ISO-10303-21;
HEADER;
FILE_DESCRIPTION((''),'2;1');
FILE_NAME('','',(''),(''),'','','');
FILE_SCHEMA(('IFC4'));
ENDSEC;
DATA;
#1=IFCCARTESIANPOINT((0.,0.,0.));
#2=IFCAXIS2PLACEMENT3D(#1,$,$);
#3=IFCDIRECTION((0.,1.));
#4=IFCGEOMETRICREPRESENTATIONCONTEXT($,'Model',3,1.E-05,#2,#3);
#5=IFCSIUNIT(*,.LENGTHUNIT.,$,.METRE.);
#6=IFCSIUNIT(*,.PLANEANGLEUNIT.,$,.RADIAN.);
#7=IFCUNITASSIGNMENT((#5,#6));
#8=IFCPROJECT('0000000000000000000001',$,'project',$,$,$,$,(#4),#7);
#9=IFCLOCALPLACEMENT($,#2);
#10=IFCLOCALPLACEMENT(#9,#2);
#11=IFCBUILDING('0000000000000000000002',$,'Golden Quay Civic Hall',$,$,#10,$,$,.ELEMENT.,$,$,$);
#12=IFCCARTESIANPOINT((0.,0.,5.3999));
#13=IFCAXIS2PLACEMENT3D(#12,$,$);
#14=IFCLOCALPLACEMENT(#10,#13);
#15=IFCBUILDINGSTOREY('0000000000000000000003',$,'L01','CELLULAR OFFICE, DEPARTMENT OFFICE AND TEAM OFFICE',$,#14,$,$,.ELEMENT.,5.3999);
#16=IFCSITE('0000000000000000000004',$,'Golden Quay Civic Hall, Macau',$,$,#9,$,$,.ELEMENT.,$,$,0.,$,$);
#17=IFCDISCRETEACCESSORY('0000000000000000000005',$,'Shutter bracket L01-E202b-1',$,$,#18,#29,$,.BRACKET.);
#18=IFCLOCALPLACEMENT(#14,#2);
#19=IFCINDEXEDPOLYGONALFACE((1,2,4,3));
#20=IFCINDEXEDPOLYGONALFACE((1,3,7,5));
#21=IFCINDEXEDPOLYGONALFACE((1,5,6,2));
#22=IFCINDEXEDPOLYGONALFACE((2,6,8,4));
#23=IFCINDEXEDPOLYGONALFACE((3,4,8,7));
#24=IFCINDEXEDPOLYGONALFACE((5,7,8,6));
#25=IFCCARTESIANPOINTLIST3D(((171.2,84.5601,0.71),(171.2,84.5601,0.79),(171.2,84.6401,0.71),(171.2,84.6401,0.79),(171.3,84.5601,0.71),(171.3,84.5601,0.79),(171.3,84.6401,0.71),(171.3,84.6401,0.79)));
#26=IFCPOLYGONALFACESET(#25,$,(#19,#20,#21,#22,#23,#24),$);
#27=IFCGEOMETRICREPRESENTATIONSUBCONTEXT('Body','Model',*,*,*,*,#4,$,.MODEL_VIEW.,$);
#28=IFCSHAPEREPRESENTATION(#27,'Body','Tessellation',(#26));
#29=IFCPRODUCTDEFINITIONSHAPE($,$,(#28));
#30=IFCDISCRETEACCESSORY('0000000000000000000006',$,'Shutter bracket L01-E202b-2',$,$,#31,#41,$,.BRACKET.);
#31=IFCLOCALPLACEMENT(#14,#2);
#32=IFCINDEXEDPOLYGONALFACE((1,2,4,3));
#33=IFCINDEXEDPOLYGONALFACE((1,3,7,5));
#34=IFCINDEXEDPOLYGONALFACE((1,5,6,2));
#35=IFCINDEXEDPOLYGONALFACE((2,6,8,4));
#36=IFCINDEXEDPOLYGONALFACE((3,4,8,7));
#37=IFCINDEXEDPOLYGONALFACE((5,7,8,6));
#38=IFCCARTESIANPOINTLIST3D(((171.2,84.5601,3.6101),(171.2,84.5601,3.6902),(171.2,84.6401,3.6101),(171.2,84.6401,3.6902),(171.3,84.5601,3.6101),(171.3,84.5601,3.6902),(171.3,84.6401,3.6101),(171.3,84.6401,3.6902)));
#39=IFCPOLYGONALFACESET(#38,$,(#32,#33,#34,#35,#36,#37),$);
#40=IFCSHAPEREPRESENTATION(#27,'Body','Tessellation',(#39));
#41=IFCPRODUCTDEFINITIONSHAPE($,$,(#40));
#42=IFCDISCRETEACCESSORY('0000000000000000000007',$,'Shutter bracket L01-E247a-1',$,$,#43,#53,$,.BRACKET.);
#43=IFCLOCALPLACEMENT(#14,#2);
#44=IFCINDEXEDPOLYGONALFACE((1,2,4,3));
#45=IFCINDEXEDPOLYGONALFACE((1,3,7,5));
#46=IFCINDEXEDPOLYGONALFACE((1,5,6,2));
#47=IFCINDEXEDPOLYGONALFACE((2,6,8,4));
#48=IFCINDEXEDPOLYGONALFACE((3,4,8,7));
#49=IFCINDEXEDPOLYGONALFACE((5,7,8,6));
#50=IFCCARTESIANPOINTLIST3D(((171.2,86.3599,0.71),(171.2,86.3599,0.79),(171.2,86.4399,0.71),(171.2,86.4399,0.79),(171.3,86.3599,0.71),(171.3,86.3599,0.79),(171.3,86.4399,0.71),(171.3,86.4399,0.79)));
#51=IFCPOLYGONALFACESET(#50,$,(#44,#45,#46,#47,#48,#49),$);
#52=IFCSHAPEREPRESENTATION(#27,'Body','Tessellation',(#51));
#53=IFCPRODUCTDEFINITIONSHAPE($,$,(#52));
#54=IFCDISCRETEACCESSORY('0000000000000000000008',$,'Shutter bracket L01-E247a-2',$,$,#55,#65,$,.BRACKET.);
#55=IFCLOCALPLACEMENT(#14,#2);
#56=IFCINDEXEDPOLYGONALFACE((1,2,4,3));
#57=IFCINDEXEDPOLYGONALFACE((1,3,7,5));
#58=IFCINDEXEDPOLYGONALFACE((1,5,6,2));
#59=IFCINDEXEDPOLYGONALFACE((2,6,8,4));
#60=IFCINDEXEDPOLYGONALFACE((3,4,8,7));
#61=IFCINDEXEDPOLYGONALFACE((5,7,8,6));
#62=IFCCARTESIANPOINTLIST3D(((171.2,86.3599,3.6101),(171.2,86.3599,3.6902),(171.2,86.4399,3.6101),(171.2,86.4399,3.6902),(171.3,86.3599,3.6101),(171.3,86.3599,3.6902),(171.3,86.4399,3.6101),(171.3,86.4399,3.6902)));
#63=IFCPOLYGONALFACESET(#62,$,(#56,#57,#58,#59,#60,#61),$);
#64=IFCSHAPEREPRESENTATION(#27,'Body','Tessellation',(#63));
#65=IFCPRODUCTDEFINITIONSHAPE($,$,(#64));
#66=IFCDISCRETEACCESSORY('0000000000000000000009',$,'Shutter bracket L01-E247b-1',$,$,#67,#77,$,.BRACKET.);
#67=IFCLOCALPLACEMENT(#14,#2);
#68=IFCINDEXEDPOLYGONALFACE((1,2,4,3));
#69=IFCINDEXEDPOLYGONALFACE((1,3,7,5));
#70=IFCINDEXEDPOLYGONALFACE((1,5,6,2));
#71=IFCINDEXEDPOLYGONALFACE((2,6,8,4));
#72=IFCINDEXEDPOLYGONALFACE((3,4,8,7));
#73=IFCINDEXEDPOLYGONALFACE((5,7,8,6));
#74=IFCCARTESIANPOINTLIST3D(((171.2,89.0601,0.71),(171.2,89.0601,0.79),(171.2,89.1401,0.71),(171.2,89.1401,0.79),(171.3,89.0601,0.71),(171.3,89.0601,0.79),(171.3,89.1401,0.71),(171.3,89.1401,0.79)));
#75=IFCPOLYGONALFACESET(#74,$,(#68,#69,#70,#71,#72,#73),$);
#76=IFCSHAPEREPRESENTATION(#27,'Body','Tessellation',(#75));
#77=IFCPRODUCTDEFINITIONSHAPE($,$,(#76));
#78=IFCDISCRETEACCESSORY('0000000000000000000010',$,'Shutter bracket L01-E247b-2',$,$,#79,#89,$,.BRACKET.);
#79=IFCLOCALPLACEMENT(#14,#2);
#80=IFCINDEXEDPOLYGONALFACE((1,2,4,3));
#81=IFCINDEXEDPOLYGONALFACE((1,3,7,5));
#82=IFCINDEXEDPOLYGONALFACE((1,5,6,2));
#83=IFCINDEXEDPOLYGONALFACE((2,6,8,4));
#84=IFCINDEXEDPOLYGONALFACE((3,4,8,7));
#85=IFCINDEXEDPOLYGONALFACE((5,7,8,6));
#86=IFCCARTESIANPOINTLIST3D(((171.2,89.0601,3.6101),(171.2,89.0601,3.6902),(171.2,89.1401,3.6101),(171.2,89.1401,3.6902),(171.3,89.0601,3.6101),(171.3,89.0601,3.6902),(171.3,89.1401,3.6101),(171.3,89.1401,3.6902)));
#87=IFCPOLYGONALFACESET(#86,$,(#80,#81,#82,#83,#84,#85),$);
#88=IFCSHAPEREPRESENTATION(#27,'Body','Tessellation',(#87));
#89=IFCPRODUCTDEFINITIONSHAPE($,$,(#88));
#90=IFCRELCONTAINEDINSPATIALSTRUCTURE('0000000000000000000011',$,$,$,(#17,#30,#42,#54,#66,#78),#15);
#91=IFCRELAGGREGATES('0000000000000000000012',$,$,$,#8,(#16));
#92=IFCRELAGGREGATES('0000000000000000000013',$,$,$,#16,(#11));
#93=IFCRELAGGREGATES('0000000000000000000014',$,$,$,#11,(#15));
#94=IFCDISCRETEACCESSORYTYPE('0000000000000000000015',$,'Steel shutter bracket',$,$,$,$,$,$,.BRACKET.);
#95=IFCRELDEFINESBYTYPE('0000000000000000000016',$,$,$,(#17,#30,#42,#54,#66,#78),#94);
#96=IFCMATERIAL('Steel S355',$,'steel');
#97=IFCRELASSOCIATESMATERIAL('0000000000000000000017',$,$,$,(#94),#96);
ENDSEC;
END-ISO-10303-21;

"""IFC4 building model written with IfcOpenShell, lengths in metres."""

from ifc_helpers import new_model, si_unit, direction, frame, origin, origin_2d, place, context, subcontext, project, spatial, rectangle, extrude, material, type_object, element, save


model = new_model("IFC4")

# Units and contexts
model_context = context("Model", 3, precision=1e-05, world=origin(), true_north=direction((0.0, 1.0)))
body_context = subcontext(model_context, "Body", "Model", "MODEL_VIEW")
ifc_project = project(units=[si_unit("LENGTHUNIT", "METRE"), si_unit("PLANEANGLEUNIT", "RADIAN")], contexts=[model_context])

# Site, building, storey
site_placement = place(None, origin())
site = spatial("IfcSite", under=ifc_project, at=site_placement, Name="Golden Quay Civic Hall, Macau", CompositionType="ELEMENT", RefElevation=0.0)
building_placement = place(site_placement, origin())
building = spatial("IfcBuilding", under=site, at=building_placement, Name="Golden Quay Civic Hall", CompositionType="ELEMENT")
storey_placement = place(building_placement, frame((0.0, 0.0, 5.3999)))
storey = spatial("IfcBuildingStorey", under=building, at=storey_placement, Name="L01", Description="CELLULAR OFFICE, DEPARTMENT OFFICE AND TEAM OFFICE", CompositionType="ELEMENT", Elevation=5.3999)

# Discrete accessories
ifc_material_1 = material(Name="Steel S355", Category="steel")
discrete_accessory_type = type_object("IfcDiscreteAccessoryType", Name="Steel shutter bracket", PredefinedType="BRACKET", material=ifc_material_1)
for number, where, z_axis, x_axis, name in (
    (1, (171.25, 84.6001, 0.71), (0.0, 0.0, 1.0), (1.0, 0.0, 0.0), "Shutter bracket L01-E202b-1"),
    (2, (171.25, 84.6001, 3.6101), (0.0, 0.0, 1.0), (1.0, 0.0, 0.0), "Shutter bracket L01-E202b-2"),
    (3, (171.25, 86.3999, 0.71), (0.0, 0.0, 1.0), (1.0, 0.0, 0.0), "Shutter bracket L01-E247a-1"),
    (4, (171.25, 86.3999, 3.6101), (0.0, 0.0, 1.0), (1.0, 0.0, 0.0), "Shutter bracket L01-E247a-2"),
    (5, (171.25, 89.1001, 0.71), (0.0, 0.0, 1.0), (1.0, 0.0, 0.0), "Shutter bracket L01-E247b-1"),
    (6, (171.25, 89.1001, 3.6101), (0.0, 0.0, 1.0), (1.0, 0.0, 0.0), "Shutter bracket L01-E247b-2"),
):
    element("IfcDiscreteAccessory", number, at=place(storey_placement, frame(where, z_axis=z_axis, x_axis=x_axis)), inside=storey, type_object=discrete_accessory_type, Name=name, PredefinedType="BRACKET", context=body_context, shape_type="SweptSolid", body=[
        extrude(rectangle(XDim=0.1001, YDim=0.0801, at=origin_2d()), origin(), (0.0, 0.0, 1.0), 0.0801),
    ])

save(model, "model.ifc")
